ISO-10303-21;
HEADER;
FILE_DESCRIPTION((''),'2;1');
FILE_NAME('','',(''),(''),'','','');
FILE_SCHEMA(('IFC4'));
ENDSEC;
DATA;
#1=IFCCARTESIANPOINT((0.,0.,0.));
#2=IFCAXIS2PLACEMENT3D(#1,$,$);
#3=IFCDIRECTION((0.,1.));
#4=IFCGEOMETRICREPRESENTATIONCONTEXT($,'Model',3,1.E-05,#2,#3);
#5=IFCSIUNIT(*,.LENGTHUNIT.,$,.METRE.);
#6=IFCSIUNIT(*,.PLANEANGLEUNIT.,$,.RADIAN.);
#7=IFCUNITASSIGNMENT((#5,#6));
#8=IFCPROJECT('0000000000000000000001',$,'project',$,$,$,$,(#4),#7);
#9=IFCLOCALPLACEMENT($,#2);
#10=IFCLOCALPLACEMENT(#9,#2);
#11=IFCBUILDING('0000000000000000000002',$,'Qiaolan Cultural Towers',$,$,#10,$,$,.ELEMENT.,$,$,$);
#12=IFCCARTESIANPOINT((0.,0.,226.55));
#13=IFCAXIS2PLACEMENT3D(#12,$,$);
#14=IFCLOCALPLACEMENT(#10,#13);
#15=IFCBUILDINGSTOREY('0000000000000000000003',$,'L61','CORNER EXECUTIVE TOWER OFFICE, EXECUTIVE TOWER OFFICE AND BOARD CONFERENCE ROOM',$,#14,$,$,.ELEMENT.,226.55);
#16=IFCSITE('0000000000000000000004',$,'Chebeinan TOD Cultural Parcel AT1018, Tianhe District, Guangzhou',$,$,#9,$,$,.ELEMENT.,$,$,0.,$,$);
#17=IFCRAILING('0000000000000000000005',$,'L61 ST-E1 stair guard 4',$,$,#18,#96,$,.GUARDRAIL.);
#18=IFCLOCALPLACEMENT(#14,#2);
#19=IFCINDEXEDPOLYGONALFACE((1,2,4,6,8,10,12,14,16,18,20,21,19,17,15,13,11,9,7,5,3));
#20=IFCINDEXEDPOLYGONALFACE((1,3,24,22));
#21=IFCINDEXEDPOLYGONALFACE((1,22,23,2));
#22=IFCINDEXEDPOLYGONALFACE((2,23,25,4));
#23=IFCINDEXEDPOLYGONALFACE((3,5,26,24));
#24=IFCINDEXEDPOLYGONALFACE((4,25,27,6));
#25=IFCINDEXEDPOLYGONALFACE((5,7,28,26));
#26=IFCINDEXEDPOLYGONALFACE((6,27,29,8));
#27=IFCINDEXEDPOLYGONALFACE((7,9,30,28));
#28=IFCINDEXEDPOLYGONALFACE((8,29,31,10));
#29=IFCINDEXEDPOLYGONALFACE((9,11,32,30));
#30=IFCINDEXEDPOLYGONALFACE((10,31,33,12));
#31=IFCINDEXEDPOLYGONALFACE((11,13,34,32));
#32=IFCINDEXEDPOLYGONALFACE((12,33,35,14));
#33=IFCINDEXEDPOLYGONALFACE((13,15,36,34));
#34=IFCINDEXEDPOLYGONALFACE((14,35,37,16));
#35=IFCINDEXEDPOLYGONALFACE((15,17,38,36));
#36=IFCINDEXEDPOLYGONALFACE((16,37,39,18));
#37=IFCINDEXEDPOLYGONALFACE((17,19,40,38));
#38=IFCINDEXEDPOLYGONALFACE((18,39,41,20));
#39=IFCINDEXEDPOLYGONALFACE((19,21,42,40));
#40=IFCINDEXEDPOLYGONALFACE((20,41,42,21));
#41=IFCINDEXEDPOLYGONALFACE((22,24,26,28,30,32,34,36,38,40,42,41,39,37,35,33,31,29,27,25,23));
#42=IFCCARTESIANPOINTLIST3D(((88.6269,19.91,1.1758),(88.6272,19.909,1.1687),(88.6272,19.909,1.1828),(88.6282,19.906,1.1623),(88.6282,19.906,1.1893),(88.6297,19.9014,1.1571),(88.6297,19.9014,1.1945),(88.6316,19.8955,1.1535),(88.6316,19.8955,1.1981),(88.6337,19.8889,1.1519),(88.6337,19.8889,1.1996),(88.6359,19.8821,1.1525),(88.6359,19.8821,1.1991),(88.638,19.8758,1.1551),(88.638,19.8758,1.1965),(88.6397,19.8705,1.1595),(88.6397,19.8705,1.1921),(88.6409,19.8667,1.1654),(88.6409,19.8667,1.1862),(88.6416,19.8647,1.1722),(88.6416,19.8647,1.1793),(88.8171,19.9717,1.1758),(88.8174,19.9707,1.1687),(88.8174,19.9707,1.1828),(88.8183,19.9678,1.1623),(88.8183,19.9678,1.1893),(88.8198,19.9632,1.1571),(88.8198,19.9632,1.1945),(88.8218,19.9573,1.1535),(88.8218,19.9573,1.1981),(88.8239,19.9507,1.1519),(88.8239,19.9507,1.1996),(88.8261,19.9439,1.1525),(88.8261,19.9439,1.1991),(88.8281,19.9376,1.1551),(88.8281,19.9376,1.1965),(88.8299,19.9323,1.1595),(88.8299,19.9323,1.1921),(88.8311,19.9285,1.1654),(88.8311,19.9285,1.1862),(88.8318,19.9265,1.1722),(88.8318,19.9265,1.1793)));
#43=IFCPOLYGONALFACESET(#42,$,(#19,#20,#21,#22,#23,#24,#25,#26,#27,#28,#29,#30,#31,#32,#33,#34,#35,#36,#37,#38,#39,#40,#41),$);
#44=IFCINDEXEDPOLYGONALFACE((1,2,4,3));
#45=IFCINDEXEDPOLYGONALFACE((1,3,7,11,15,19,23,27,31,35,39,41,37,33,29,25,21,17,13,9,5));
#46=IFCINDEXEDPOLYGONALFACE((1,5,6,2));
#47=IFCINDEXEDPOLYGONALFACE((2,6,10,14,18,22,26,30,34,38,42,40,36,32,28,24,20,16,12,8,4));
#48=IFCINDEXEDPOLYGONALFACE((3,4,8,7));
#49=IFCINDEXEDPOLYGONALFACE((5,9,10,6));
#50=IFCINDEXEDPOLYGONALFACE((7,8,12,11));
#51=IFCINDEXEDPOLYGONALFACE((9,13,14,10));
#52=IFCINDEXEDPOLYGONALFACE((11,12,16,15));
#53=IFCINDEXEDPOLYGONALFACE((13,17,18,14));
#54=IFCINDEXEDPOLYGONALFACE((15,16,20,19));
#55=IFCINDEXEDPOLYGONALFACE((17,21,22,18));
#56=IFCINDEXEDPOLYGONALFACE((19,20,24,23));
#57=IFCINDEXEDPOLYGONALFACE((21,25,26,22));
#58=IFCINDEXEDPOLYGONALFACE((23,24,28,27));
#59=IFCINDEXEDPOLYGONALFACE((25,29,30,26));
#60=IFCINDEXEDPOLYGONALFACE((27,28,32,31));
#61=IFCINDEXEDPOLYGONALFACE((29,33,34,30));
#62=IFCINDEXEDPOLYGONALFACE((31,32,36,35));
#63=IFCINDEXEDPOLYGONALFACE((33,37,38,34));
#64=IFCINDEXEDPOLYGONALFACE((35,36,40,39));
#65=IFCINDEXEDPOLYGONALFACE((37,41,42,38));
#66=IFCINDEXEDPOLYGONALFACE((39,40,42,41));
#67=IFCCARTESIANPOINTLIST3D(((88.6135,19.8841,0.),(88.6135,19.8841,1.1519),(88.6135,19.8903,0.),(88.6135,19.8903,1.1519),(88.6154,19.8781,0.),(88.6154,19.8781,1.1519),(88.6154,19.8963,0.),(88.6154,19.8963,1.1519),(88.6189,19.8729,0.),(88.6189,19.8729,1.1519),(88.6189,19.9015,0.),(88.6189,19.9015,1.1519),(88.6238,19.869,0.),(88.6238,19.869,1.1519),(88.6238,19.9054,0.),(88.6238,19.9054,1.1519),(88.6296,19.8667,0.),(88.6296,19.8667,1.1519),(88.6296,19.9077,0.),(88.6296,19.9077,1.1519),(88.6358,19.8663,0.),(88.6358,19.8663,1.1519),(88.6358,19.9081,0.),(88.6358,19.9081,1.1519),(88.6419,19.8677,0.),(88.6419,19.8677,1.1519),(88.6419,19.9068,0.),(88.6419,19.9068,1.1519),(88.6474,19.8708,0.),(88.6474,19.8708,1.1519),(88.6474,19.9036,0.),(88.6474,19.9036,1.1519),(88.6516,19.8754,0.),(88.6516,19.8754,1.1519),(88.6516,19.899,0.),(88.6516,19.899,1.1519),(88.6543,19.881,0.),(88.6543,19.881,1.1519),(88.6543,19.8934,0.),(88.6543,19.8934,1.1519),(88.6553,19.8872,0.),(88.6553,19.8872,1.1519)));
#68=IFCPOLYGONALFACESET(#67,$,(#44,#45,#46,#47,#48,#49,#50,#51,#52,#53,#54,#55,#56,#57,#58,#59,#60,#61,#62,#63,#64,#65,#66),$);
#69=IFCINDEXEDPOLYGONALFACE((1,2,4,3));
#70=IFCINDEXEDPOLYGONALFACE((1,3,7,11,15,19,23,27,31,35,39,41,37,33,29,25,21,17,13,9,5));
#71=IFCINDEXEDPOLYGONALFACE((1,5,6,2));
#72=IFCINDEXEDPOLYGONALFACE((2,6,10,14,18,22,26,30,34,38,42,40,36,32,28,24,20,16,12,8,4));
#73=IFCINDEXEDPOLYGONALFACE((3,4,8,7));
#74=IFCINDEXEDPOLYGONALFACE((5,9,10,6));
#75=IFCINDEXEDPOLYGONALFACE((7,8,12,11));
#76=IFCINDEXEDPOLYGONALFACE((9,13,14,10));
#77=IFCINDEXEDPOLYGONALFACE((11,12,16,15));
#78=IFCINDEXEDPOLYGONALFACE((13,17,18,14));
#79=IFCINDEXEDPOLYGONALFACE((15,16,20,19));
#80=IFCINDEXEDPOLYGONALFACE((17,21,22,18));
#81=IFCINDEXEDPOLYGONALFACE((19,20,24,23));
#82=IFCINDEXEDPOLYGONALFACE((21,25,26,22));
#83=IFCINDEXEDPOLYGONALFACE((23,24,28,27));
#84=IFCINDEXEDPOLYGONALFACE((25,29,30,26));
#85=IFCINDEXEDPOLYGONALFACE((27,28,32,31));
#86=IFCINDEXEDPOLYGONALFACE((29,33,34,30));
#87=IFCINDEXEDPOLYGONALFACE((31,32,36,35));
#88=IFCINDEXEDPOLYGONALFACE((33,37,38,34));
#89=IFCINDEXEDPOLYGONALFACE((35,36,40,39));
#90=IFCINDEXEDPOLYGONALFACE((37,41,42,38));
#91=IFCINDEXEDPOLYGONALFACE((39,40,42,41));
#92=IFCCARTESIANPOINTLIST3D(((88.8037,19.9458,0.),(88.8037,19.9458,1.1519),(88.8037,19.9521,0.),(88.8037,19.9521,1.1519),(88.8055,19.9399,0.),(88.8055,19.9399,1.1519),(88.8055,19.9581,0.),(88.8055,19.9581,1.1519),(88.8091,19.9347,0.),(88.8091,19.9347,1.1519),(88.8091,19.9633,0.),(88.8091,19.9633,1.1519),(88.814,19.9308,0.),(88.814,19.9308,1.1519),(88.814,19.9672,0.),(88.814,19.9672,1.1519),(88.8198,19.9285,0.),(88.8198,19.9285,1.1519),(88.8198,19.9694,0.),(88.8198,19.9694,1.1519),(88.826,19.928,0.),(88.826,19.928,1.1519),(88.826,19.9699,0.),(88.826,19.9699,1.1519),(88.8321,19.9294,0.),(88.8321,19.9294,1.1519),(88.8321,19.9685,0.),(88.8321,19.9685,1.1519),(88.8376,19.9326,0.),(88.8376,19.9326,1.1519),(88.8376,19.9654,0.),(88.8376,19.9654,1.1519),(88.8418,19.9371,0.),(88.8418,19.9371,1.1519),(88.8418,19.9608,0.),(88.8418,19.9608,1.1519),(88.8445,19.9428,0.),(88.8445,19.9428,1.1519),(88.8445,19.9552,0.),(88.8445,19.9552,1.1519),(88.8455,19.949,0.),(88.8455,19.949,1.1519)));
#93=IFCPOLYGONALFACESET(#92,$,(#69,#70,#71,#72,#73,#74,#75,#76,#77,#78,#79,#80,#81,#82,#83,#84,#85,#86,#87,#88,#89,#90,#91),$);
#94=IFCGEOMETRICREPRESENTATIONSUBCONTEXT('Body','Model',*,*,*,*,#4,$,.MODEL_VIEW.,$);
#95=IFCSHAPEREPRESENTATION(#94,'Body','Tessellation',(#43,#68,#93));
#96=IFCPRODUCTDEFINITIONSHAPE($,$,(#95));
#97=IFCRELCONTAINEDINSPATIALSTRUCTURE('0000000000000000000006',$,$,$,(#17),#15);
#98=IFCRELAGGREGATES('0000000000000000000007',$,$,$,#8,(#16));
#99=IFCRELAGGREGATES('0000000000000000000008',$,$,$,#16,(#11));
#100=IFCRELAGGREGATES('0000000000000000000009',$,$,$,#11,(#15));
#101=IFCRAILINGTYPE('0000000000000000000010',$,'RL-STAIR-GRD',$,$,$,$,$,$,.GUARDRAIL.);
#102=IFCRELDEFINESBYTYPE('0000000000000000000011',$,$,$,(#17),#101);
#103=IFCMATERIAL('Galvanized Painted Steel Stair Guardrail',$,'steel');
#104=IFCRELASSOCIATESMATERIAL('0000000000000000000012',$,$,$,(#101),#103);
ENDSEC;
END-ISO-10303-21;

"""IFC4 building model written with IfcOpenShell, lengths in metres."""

from ifc_helpers import new_model, si_unit, direction, frame, origin, origin_2d, place, context, subcontext, project, spatial, circle, extrude, material, type_object, element, save


model = new_model("IFC4")

# Units and contexts
model_context = context("Model", 3, precision=1e-05, world=origin(), true_north=direction((0.0, 1.0)))
body_context = subcontext(model_context, "Body", "Model", "MODEL_VIEW")
ifc_project = project(units=[si_unit("LENGTHUNIT", "METRE"), si_unit("PLANEANGLEUNIT", "RADIAN")], contexts=[model_context])

# Site, building, storey
site_placement = place(None, origin())
site = spatial("IfcSite", under=ifc_project, at=site_placement, Name="Chebeinan TOD Cultural Parcel AT1018, Tianhe District, Guangzhou", CompositionType="ELEMENT", RefElevation=0.0)
building_placement = place(site_placement, origin())
building = spatial("IfcBuilding", under=site, at=building_placement, Name="Qiaolan Cultural Towers", CompositionType="ELEMENT")
storey_placement = place(building_placement, frame((0.0, 0.0, 226.55)))
storey = spatial("IfcBuildingStorey", under=building, at=storey_placement, Name="L61", Description="CORNER EXECUTIVE TOWER OFFICE, EXECUTIVE TOWER OFFICE AND BOARD CONFERENCE ROOM", CompositionType="ELEMENT", Elevation=226.55)

# Railing
ifc_material_1 = material(Name="Galvanized Painted Steel Stair Guardrail", Category="steel")
railing_type_1 = type_object("IfcRailingType", Name="RL-STAIR-GRD", PredefinedType="GUARDRAIL", material=ifc_material_1)
railing_1_placement = place(storey_placement, frame((88.6343, 19.8872, 0.0)))
element("IfcRailing", 1, at=railing_1_placement, inside=storey, type_object=railing_type_1, Name="L61 ST-E1 stair guard 4", PredefinedType="GUARDRAIL", context=body_context, shape_type="SweptSolid", body=[
    extrude(circle(Radius=0.0239, at=origin_2d()), frame((0.0, 0.0, 1.1758), z_axis=(0.951097, 0.308893, 0.0), x_axis=(-0.308893, 0.951097, 0.0)), (0.0, 0.0, 1.0), 0.2),
    extrude(circle(Radius=0.021, at=origin_2d()), origin(), (0.0, 0.0, 1.0), 1.1519),
    extrude(circle(Radius=0.021, at=origin_2d()), frame((0.1902, 0.0618, 0.0)), (0.0, 0.0, 1.0), 1.1519),
])

save(model, "model.ifc")
